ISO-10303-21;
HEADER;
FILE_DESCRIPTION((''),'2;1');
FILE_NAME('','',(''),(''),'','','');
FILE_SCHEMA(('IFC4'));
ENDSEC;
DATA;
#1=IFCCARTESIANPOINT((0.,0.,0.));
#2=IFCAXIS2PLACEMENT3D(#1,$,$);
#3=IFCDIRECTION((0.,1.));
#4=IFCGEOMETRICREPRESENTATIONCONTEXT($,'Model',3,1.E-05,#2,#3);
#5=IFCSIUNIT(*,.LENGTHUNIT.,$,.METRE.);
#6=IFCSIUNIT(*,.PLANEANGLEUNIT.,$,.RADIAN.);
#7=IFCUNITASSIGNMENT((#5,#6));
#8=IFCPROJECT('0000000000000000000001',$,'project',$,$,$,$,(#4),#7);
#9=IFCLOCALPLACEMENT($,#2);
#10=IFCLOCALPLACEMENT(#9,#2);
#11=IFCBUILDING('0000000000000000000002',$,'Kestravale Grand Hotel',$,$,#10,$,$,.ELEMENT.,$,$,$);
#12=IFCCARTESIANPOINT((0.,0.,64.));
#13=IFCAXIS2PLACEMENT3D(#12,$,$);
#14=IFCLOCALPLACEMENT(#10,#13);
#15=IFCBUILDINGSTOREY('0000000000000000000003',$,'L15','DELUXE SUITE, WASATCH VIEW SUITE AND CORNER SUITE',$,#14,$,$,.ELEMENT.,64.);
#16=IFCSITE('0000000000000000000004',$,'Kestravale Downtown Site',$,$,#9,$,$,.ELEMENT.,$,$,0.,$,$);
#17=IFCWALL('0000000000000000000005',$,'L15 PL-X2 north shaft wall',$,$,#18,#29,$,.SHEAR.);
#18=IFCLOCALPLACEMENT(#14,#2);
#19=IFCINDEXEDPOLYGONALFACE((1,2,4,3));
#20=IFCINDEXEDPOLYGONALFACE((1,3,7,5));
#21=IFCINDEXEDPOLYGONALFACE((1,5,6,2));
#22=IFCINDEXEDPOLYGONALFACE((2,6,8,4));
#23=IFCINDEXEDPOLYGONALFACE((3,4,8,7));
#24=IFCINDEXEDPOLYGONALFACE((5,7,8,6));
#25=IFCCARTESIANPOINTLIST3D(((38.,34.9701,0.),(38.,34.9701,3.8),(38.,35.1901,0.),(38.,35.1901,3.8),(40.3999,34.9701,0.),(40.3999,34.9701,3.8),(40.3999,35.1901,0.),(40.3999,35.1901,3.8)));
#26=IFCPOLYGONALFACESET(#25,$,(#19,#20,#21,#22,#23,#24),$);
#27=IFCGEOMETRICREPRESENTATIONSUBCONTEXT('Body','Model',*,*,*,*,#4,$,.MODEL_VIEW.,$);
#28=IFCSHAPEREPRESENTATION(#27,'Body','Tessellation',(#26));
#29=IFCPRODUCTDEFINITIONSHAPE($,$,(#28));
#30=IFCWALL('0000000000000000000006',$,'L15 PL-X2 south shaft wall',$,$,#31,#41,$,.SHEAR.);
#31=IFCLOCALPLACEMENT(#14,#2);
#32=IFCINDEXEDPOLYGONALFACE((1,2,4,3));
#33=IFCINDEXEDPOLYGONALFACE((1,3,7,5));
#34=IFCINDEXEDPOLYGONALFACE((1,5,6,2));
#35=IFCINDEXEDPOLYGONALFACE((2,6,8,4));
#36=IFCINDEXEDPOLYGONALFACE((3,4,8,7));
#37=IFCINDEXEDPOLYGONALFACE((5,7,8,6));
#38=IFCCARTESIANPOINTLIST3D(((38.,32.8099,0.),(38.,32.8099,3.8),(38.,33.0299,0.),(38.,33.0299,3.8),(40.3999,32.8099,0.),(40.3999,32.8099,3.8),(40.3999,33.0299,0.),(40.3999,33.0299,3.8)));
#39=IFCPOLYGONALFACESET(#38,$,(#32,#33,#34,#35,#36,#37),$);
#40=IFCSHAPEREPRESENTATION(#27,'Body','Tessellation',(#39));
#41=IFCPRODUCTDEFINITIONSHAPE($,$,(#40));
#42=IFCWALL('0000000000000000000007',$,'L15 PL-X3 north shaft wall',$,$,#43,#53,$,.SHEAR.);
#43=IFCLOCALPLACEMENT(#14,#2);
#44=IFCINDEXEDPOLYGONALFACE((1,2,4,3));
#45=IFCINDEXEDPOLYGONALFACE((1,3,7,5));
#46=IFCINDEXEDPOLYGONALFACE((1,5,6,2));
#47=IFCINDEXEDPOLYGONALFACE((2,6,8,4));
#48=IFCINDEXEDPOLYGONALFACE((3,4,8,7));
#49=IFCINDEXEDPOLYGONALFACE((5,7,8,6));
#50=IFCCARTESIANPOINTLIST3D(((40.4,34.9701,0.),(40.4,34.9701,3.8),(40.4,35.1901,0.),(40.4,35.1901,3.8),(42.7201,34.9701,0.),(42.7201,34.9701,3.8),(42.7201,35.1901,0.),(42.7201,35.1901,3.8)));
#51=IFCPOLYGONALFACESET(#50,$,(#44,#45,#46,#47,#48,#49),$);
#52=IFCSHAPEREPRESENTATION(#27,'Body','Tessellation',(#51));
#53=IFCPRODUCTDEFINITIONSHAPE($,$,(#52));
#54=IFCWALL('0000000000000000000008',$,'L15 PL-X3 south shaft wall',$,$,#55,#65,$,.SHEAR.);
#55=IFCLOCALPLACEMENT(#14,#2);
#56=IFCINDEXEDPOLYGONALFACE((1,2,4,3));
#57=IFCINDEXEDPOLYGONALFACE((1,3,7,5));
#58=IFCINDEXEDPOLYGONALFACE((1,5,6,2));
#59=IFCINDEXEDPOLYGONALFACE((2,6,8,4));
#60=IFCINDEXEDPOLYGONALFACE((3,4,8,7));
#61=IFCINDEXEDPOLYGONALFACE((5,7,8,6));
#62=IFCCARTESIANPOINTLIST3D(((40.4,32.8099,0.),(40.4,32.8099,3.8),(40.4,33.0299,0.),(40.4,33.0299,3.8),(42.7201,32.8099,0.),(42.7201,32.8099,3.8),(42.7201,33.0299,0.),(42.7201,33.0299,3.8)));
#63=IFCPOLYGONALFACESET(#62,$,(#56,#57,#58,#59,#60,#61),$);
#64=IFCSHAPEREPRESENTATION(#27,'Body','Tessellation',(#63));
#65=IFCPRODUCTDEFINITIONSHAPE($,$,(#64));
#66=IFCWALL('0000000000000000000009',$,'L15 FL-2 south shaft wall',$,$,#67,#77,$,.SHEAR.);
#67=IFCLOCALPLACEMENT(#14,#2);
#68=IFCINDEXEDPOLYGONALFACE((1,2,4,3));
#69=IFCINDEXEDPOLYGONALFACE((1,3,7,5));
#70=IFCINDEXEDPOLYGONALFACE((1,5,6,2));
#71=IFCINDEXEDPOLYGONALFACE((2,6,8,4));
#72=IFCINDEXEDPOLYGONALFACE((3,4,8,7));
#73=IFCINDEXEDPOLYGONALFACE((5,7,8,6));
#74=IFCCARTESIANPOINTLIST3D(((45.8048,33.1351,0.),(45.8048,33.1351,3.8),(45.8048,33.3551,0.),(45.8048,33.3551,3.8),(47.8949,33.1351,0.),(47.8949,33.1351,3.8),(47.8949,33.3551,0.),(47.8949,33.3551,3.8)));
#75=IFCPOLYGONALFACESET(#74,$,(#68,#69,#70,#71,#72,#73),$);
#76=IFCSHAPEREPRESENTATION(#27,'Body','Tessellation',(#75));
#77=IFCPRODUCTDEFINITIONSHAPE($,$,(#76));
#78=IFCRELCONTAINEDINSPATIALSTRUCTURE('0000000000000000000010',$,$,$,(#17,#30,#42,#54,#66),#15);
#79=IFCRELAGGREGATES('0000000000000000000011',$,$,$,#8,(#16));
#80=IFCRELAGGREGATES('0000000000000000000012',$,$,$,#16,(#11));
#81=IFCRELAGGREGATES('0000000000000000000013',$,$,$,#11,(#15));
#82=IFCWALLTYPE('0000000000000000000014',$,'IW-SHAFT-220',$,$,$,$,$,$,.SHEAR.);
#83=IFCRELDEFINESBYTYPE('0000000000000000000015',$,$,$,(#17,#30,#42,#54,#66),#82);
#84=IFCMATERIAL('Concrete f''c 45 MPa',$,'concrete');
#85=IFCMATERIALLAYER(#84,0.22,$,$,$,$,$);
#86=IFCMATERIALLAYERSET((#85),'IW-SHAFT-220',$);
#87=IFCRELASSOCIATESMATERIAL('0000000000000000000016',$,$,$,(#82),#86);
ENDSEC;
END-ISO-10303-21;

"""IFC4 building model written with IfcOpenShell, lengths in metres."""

from ifc_helpers import new_model, si_unit, direction, frame, frame_2d, origin, place, context, subcontext, project, spatial, rectangle, extrude, material, layer, layer_set, type_object, element, save


model = new_model("IFC4")

# Units and contexts
model_context = context("Model", 3, precision=1e-05, world=origin(), true_north=direction((0.0, 1.0)))
body_context = subcontext(model_context, "Body", "Model", "MODEL_VIEW")
ifc_project = project(units=[si_unit("LENGTHUNIT", "METRE"), si_unit("PLANEANGLEUNIT", "RADIAN")], contexts=[model_context])

# Site, building, storey
site_placement = place(None, origin())
site = spatial("IfcSite", under=ifc_project, at=site_placement, Name="Kestravale Downtown Site", CompositionType="ELEMENT", RefElevation=0.0)
building_placement = place(site_placement, origin())
building = spatial("IfcBuilding", under=site, at=building_placement, Name="Kestravale Grand Hotel", CompositionType="ELEMENT")
storey_placement = place(building_placement, frame((0.0, 0.0, 64.0)))
storey = spatial("IfcBuildingStorey", under=building, at=storey_placement, Name="L15", Description="DELUXE SUITE, WASATCH VIEW SUITE AND CORNER SUITE", CompositionType="ELEMENT", Elevation=64.0)

# Walls
ifc_material_1 = material(Name="Concrete f'c 45 MPa", Category="concrete")
ifc_layer_1 = layer(ifc_material_1, 0.22)
ifc_layer_set_1 = layer_set([ifc_layer_1], Name="IW-SHAFT-220")
wall_type_1 = type_object("IfcWallType", Name="IW-SHAFT-220", PredefinedType="SHEAR", material=ifc_layer_set_1)
for number, where, z_axis, x_axis, name in (
    (1, (38.0, 35.0801, 0.0), (0.0, 0.0, 1.0), (1.0, 0.0, 0.0), "L15 PL-X2 north shaft wall"),
    (2, (38.0, 32.9199, 0.0), (0.0, 0.0, 1.0), (1.0, 0.0, 0.0), "L15 PL-X2 south shaft wall"),
):
    element("IfcWall", number, at=place(storey_placement, frame(where, z_axis=z_axis, x_axis=x_axis)), inside=storey, type_object=wall_type_1, Name=name, PredefinedType="SHEAR", context=body_context, shape_type="SweptSolid", body=[
        extrude(rectangle(XDim=2.3999, YDim=0.22, at=frame_2d((1.2, 0.0))), origin(), (0.0, 0.0, 1.0), 3.8),
    ])
for number, where, z_axis, x_axis, name in (
    (3, (40.3999, 35.0801, 0.0), (0.0, 0.0, 1.0), (1.0, 0.0, 0.0), "L15 PL-X3 north shaft wall"),
    (4, (40.3999, 32.9199, 0.0), (0.0, 0.0, 1.0), (1.0, 0.0, 0.0), "L15 PL-X3 south shaft wall"),
):
    element("IfcWall", number, at=place(storey_placement, frame(where, z_axis=z_axis, x_axis=x_axis)), inside=storey, type_object=wall_type_1, Name=name, PredefinedType="SHEAR", context=body_context, shape_type="SweptSolid", body=[
        extrude(rectangle(XDim=2.3201, YDim=0.22, at=frame_2d((1.1602, 0.0))), origin(), (0.0, 0.0, 1.0), 3.8),
    ])

# Wall
wall_1_placement = place(storey_placement, frame((45.8049, 33.2451, 0.0), z_axis=(0.0, 0.0, 1.0), x_axis=(1.0, 0.0, 0.0)))
element("IfcWall", 5, at=wall_1_placement, inside=storey, type_object=wall_type_1, Name="L15 FL-2 south shaft wall", PredefinedType="SHEAR", context=body_context, shape_type="SweptSolid", body=[
    extrude(rectangle(XDim=2.0901, YDim=0.22, at=frame_2d((1.0449, 0.0))), origin(), (0.0, 0.0, 1.0), 3.8),
])

save(model, "model.ifc")
